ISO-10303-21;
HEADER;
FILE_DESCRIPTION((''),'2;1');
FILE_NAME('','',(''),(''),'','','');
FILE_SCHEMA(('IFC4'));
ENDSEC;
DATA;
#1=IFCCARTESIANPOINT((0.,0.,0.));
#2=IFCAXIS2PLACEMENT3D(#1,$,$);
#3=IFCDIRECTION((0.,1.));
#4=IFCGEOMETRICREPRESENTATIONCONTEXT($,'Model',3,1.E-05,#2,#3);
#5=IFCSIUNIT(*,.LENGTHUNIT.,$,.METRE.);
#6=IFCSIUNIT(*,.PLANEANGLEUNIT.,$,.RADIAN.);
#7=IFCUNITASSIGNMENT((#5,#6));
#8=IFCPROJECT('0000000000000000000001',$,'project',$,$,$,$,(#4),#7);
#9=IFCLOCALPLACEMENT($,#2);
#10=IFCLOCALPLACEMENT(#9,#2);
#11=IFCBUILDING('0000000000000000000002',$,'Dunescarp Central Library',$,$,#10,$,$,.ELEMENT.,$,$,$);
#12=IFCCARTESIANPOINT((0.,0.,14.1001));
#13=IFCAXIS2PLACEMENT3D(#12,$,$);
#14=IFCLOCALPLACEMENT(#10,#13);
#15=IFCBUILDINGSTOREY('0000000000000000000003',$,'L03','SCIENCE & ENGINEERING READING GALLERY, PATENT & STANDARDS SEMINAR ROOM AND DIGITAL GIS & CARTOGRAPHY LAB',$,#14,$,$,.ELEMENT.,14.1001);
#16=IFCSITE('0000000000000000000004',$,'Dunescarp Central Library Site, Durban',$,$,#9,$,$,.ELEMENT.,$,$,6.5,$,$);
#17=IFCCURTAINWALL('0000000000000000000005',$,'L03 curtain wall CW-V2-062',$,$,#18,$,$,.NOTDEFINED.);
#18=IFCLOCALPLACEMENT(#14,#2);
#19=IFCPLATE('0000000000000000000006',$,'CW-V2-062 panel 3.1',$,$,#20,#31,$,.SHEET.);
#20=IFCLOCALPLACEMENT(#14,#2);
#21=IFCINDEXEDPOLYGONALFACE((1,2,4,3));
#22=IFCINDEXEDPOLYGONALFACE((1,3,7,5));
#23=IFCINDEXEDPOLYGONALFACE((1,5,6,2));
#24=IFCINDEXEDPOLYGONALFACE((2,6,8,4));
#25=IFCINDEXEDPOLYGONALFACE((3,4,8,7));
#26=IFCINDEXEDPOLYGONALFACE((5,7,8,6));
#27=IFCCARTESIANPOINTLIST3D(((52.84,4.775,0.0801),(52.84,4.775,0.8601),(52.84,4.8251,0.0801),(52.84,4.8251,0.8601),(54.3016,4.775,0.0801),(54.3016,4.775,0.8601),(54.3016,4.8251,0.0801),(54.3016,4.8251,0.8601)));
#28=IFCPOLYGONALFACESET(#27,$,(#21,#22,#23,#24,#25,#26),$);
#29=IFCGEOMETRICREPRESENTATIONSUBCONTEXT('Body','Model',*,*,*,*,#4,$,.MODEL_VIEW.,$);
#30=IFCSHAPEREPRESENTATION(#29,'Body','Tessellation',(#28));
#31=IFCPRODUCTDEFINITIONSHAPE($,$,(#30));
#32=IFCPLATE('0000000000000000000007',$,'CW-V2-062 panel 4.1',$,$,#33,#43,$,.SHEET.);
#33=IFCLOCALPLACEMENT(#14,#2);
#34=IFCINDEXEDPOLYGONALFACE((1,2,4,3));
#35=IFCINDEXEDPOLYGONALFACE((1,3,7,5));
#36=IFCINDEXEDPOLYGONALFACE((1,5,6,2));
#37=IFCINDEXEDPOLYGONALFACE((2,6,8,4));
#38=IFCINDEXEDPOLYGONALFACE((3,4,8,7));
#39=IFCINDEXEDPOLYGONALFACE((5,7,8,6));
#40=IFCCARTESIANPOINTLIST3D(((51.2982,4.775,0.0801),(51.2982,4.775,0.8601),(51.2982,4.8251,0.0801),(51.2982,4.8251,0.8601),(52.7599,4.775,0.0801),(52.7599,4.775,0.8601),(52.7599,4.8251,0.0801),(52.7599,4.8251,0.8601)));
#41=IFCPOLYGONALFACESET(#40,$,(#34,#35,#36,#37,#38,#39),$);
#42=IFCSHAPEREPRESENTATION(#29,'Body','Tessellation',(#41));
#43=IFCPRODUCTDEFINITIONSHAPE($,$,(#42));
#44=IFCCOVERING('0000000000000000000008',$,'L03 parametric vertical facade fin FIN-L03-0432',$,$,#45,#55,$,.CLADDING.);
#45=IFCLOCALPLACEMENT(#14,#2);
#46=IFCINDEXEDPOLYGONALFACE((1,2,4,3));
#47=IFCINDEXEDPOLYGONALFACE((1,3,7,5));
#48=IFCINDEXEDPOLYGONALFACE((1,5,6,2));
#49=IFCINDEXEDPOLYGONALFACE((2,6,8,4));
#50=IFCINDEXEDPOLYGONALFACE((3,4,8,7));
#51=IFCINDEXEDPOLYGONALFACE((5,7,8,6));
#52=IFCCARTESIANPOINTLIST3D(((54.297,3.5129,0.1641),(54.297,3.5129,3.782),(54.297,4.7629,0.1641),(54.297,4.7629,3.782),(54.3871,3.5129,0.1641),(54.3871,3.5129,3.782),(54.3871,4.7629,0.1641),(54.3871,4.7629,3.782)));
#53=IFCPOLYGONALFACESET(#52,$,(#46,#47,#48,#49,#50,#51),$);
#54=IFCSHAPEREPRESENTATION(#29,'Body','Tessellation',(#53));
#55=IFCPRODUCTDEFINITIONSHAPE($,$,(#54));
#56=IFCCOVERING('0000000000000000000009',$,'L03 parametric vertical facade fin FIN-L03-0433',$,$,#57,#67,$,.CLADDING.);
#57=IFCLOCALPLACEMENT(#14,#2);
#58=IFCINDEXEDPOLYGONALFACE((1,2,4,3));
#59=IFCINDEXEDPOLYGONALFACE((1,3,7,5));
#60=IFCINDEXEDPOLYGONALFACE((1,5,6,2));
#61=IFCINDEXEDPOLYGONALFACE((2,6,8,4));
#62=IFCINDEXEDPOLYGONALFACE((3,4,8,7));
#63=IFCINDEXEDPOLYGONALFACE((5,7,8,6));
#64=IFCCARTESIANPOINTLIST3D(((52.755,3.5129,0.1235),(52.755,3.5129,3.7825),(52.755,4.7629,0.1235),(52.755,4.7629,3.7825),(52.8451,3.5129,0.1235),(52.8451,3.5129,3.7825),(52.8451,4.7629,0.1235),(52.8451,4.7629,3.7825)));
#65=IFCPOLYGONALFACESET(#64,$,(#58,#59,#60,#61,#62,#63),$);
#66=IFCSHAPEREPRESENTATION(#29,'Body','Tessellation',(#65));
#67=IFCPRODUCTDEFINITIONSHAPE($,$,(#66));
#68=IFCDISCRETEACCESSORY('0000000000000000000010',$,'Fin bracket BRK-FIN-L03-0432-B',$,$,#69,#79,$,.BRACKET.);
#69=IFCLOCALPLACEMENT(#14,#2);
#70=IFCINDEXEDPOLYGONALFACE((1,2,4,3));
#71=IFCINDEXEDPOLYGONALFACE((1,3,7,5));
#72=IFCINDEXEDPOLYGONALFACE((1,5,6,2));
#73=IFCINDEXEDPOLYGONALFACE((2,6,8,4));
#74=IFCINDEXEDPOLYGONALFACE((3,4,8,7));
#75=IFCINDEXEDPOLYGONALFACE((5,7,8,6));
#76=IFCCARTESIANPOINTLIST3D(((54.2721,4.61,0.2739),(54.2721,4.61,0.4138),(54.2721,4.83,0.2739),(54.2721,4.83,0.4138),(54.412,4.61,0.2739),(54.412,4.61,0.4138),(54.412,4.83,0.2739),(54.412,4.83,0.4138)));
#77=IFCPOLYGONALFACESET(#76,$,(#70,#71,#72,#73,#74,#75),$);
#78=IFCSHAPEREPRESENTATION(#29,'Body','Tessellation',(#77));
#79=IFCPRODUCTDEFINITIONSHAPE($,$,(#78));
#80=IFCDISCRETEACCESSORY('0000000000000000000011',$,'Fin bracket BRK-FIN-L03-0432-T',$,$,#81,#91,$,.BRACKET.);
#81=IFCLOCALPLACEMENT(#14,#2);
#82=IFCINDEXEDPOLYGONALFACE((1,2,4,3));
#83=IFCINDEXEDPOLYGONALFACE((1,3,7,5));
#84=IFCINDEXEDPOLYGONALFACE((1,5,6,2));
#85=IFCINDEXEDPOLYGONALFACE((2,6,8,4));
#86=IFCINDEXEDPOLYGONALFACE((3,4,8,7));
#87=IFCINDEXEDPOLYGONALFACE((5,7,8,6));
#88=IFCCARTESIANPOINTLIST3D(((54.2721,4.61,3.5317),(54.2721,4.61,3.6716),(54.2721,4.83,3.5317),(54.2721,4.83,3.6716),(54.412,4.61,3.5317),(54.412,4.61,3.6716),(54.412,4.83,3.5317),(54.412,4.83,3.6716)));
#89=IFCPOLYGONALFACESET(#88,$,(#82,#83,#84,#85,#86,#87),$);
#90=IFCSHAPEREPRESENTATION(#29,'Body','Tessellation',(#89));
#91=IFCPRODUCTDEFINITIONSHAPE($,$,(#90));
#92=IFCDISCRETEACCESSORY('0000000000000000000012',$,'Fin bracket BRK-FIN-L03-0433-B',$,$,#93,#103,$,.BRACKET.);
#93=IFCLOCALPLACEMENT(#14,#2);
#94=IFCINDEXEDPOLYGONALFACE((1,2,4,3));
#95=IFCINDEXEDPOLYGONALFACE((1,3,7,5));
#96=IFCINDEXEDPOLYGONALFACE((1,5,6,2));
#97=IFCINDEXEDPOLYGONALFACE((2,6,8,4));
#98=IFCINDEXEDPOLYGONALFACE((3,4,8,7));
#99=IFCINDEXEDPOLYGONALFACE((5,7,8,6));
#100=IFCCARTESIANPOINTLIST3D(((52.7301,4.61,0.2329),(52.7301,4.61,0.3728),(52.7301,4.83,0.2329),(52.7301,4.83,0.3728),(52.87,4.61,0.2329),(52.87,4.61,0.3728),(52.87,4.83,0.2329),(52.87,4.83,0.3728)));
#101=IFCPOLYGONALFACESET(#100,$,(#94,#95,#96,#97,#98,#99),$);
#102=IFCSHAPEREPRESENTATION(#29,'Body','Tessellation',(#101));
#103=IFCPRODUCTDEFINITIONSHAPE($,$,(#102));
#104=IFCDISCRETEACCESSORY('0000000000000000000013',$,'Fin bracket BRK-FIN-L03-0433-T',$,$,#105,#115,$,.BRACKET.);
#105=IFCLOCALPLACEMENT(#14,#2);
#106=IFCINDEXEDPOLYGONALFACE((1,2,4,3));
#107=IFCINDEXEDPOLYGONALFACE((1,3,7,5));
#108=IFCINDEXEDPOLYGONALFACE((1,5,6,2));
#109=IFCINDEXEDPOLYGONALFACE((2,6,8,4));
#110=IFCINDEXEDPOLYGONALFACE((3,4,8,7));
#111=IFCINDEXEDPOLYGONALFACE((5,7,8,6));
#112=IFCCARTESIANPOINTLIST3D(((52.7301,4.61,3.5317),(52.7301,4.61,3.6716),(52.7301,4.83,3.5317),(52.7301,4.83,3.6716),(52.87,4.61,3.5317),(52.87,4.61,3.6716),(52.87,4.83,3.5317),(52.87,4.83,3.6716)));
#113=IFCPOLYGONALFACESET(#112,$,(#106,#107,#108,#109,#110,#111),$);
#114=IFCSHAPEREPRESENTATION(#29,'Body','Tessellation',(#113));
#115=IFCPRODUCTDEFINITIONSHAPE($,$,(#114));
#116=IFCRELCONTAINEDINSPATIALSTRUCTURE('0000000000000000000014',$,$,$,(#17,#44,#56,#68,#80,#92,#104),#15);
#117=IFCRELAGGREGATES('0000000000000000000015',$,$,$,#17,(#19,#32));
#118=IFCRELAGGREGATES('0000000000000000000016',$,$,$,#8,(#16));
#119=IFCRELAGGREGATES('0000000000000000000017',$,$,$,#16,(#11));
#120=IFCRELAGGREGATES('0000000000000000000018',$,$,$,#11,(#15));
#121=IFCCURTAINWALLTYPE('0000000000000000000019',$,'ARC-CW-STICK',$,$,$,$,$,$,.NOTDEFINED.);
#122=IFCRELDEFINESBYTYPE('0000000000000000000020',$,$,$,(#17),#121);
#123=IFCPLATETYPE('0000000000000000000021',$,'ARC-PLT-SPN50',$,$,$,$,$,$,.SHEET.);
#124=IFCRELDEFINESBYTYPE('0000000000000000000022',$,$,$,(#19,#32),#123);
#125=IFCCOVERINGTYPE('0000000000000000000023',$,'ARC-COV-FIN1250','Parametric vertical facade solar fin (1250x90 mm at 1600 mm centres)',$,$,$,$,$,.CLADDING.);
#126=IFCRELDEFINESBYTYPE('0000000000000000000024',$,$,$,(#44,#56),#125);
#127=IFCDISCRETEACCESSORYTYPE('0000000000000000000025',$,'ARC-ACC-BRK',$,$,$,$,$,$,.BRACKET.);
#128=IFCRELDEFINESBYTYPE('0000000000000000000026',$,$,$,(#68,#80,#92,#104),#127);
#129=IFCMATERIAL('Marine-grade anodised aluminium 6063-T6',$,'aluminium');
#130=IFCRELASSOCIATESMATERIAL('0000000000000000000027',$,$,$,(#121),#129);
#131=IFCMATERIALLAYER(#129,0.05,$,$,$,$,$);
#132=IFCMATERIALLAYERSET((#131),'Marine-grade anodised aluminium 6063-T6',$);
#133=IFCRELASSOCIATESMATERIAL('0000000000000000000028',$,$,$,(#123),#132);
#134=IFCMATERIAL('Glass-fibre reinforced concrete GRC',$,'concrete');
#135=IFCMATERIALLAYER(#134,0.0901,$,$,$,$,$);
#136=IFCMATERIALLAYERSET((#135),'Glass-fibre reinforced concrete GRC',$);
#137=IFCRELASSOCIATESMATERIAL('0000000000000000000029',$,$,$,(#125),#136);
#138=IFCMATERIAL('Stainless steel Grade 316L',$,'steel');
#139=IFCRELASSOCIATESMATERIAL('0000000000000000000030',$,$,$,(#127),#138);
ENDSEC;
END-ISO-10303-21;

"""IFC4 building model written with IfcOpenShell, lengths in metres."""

from ifc_helpers import new_model, si_unit, direction, frame, origin, origin_2d, place, context, subcontext, project, spatial, rectangle, extrude, material, layer, layer_set, type_object, element, aggregate, save


model = new_model("IFC4")

# Units and contexts
model_context = context("Model", 3, precision=1e-05, world=origin(), true_north=direction((0.0, 1.0)))
body_context = subcontext(model_context, "Body", "Model", "MODEL_VIEW")
ifc_project = project(units=[si_unit("LENGTHUNIT", "METRE"), si_unit("PLANEANGLEUNIT", "RADIAN")], contexts=[model_context])

# Site, building, storey
site_placement = place(None, origin())
site = spatial("IfcSite", under=ifc_project, at=site_placement, Name="Dunescarp Central Library Site, Durban", CompositionType="ELEMENT", RefElevation=6.5)
building_placement = place(site_placement, origin())
building = spatial("IfcBuilding", under=site, at=building_placement, Name="Dunescarp Central Library", CompositionType="ELEMENT")
storey_placement = place(building_placement, frame((0.0, 0.0, 14.1001)))
storey = spatial("IfcBuildingStorey", under=building, at=storey_placement, Name="L03", Description="SCIENCE & ENGINEERING READING GALLERY, PATENT & STANDARDS SEMINAR ROOM AND DIGITAL GIS & CARTOGRAPHY LAB", CompositionType="ELEMENT", Elevation=14.1001)

# Curtain wall
ifc_material_1 = material(Name="Marine-grade anodised aluminium 6063-T6", Category="aluminium")
curtain_wall_type = type_object("IfcCurtainWallType", Name="ARC-CW-STICK", PredefinedType="NOTDEFINED", material=ifc_material_1)
curtain_wall_placement = place(storey_placement, origin())
curtain_wall = element("IfcCurtainWall", 1, at=curtain_wall_placement, inside=storey, type_object=curtain_wall_type, Name="L03 curtain wall CW-V2-062", PredefinedType="NOTDEFINED")

# Plates
ifc_layer_1 = layer(ifc_material_1, 0.05)
ifc_layer_set_1 = layer_set([ifc_layer_1], Name="Marine-grade anodised aluminium 6063-T6")
plate_type_1 = type_object("IfcPlateType", Name="ARC-PLT-SPN50", PredefinedType="SHEET", material=ifc_layer_set_1)
plate_1_placement = place(storey_placement, frame((53.5708, 4.8, 0.0801), z_axis=(0.0, 0.0, 1.0), x_axis=(-1.0, 0.0, 0.0)))
plate_1 = element("IfcPlate", 2, at=plate_1_placement, type_object=plate_type_1, Name="CW-V2-062 panel 3.1", PredefinedType="SHEET", context=body_context, shape_type="SweptSolid", body=[
    extrude(rectangle(XDim=1.4617, YDim=0.05, at=origin_2d()), origin(), (0.0, 0.0, 1.0), 0.78),
])
plate_2_placement = place(storey_placement, frame((52.0291, 4.8, 0.0801), z_axis=(0.0, 0.0, 1.0), x_axis=(-1.0, 0.0, 0.0)))
plate_2 = element("IfcPlate", 3, at=plate_2_placement, type_object=plate_type_1, Name="CW-V2-062 panel 4.1", PredefinedType="SHEET", context=body_context, shape_type="SweptSolid", body=[
    extrude(rectangle(XDim=1.4617, YDim=0.05, at=origin_2d()), origin(), (0.0, 0.0, 1.0), 0.78),
])
aggregate(curtain_wall, [plate_1, plate_2])

# Coverings
ifc_material_2 = material(Name="Glass-fibre reinforced concrete GRC", Category="concrete")
ifc_layer_2 = layer(ifc_material_2, 0.0901)
ifc_layer_set_2 = layer_set([ifc_layer_2], Name="Glass-fibre reinforced concrete GRC")
covering_type = type_object("IfcCoveringType", Name="ARC-COV-FIN1250", Description="Parametric vertical facade solar fin (1250x90 mm at 1600 mm centres)", PredefinedType="CLADDING", material=ifc_layer_set_2)
covering_1_placement = place(storey_placement, frame((54.342, 4.1379, 0.1641), z_axis=(0.0, 0.0, 1.0), x_axis=(0.0, -1.0, 0.0)))
element("IfcCovering", 4, at=covering_1_placement, inside=storey, type_object=covering_type, Name="L03 parametric vertical facade fin FIN-L03-0432", PredefinedType="CLADDING", context=body_context, shape_type="SweptSolid", body=[
    extrude(rectangle(XDim=1.25, YDim=0.0901, at=origin_2d()), origin(), (0.0, 0.0, 1.0), 3.6179),
])
covering_2_placement = place(storey_placement, frame((52.8, 4.1379, 0.1235), z_axis=(0.0, 0.0, 1.0), x_axis=(0.0, -1.0, 0.0)))
element("IfcCovering", 5, at=covering_2_placement, inside=storey, type_object=covering_type, Name="L03 parametric vertical facade fin FIN-L03-0433", PredefinedType="CLADDING", context=body_context, shape_type="SweptSolid", body=[
    extrude(rectangle(XDim=1.25, YDim=0.0901, at=origin_2d()), origin(), (0.0, 0.0, 1.0), 3.6589),
])

# Discrete accessories
ifc_material_3 = material(Name="Stainless steel Grade 316L", Category="steel")
discrete_accessory_type = type_object("IfcDiscreteAccessoryType", Name="ARC-ACC-BRK", PredefinedType="BRACKET", material=ifc_material_3)
for number, where, z_axis, x_axis, name in (
    (6, (54.342, 4.72, 0.2739), (0.0, 0.0, 1.0), (0.0, -1.0, 0.0), "Fin bracket BRK-FIN-L03-0432-B"),
    (7, (54.342, 4.72, 3.5317), (0.0, 0.0, 1.0), (0.0, -1.0, 0.0), "Fin bracket BRK-FIN-L03-0432-T"),
    (8, (52.8, 4.72, 0.2329), (0.0, 0.0, 1.0), (0.0, -1.0, 0.0), "Fin bracket BRK-FIN-L03-0433-B"),
    (9, (52.8, 4.72, 3.5317), (0.0, 0.0, 1.0), (0.0, -1.0, 0.0), "Fin bracket BRK-FIN-L03-0433-T"),
):
    element("IfcDiscreteAccessory", number, at=place(storey_placement, frame(where, z_axis=z_axis, x_axis=x_axis)), inside=storey, type_object=discrete_accessory_type, Name=name, PredefinedType="BRACKET", context=body_context, shape_type="SweptSolid", body=[
        extrude(rectangle(XDim=0.22, YDim=0.1399, at=origin_2d()), origin(), (0.0, 0.0, 1.0), 0.1399),
    ])

save(model, "model.ifc")
